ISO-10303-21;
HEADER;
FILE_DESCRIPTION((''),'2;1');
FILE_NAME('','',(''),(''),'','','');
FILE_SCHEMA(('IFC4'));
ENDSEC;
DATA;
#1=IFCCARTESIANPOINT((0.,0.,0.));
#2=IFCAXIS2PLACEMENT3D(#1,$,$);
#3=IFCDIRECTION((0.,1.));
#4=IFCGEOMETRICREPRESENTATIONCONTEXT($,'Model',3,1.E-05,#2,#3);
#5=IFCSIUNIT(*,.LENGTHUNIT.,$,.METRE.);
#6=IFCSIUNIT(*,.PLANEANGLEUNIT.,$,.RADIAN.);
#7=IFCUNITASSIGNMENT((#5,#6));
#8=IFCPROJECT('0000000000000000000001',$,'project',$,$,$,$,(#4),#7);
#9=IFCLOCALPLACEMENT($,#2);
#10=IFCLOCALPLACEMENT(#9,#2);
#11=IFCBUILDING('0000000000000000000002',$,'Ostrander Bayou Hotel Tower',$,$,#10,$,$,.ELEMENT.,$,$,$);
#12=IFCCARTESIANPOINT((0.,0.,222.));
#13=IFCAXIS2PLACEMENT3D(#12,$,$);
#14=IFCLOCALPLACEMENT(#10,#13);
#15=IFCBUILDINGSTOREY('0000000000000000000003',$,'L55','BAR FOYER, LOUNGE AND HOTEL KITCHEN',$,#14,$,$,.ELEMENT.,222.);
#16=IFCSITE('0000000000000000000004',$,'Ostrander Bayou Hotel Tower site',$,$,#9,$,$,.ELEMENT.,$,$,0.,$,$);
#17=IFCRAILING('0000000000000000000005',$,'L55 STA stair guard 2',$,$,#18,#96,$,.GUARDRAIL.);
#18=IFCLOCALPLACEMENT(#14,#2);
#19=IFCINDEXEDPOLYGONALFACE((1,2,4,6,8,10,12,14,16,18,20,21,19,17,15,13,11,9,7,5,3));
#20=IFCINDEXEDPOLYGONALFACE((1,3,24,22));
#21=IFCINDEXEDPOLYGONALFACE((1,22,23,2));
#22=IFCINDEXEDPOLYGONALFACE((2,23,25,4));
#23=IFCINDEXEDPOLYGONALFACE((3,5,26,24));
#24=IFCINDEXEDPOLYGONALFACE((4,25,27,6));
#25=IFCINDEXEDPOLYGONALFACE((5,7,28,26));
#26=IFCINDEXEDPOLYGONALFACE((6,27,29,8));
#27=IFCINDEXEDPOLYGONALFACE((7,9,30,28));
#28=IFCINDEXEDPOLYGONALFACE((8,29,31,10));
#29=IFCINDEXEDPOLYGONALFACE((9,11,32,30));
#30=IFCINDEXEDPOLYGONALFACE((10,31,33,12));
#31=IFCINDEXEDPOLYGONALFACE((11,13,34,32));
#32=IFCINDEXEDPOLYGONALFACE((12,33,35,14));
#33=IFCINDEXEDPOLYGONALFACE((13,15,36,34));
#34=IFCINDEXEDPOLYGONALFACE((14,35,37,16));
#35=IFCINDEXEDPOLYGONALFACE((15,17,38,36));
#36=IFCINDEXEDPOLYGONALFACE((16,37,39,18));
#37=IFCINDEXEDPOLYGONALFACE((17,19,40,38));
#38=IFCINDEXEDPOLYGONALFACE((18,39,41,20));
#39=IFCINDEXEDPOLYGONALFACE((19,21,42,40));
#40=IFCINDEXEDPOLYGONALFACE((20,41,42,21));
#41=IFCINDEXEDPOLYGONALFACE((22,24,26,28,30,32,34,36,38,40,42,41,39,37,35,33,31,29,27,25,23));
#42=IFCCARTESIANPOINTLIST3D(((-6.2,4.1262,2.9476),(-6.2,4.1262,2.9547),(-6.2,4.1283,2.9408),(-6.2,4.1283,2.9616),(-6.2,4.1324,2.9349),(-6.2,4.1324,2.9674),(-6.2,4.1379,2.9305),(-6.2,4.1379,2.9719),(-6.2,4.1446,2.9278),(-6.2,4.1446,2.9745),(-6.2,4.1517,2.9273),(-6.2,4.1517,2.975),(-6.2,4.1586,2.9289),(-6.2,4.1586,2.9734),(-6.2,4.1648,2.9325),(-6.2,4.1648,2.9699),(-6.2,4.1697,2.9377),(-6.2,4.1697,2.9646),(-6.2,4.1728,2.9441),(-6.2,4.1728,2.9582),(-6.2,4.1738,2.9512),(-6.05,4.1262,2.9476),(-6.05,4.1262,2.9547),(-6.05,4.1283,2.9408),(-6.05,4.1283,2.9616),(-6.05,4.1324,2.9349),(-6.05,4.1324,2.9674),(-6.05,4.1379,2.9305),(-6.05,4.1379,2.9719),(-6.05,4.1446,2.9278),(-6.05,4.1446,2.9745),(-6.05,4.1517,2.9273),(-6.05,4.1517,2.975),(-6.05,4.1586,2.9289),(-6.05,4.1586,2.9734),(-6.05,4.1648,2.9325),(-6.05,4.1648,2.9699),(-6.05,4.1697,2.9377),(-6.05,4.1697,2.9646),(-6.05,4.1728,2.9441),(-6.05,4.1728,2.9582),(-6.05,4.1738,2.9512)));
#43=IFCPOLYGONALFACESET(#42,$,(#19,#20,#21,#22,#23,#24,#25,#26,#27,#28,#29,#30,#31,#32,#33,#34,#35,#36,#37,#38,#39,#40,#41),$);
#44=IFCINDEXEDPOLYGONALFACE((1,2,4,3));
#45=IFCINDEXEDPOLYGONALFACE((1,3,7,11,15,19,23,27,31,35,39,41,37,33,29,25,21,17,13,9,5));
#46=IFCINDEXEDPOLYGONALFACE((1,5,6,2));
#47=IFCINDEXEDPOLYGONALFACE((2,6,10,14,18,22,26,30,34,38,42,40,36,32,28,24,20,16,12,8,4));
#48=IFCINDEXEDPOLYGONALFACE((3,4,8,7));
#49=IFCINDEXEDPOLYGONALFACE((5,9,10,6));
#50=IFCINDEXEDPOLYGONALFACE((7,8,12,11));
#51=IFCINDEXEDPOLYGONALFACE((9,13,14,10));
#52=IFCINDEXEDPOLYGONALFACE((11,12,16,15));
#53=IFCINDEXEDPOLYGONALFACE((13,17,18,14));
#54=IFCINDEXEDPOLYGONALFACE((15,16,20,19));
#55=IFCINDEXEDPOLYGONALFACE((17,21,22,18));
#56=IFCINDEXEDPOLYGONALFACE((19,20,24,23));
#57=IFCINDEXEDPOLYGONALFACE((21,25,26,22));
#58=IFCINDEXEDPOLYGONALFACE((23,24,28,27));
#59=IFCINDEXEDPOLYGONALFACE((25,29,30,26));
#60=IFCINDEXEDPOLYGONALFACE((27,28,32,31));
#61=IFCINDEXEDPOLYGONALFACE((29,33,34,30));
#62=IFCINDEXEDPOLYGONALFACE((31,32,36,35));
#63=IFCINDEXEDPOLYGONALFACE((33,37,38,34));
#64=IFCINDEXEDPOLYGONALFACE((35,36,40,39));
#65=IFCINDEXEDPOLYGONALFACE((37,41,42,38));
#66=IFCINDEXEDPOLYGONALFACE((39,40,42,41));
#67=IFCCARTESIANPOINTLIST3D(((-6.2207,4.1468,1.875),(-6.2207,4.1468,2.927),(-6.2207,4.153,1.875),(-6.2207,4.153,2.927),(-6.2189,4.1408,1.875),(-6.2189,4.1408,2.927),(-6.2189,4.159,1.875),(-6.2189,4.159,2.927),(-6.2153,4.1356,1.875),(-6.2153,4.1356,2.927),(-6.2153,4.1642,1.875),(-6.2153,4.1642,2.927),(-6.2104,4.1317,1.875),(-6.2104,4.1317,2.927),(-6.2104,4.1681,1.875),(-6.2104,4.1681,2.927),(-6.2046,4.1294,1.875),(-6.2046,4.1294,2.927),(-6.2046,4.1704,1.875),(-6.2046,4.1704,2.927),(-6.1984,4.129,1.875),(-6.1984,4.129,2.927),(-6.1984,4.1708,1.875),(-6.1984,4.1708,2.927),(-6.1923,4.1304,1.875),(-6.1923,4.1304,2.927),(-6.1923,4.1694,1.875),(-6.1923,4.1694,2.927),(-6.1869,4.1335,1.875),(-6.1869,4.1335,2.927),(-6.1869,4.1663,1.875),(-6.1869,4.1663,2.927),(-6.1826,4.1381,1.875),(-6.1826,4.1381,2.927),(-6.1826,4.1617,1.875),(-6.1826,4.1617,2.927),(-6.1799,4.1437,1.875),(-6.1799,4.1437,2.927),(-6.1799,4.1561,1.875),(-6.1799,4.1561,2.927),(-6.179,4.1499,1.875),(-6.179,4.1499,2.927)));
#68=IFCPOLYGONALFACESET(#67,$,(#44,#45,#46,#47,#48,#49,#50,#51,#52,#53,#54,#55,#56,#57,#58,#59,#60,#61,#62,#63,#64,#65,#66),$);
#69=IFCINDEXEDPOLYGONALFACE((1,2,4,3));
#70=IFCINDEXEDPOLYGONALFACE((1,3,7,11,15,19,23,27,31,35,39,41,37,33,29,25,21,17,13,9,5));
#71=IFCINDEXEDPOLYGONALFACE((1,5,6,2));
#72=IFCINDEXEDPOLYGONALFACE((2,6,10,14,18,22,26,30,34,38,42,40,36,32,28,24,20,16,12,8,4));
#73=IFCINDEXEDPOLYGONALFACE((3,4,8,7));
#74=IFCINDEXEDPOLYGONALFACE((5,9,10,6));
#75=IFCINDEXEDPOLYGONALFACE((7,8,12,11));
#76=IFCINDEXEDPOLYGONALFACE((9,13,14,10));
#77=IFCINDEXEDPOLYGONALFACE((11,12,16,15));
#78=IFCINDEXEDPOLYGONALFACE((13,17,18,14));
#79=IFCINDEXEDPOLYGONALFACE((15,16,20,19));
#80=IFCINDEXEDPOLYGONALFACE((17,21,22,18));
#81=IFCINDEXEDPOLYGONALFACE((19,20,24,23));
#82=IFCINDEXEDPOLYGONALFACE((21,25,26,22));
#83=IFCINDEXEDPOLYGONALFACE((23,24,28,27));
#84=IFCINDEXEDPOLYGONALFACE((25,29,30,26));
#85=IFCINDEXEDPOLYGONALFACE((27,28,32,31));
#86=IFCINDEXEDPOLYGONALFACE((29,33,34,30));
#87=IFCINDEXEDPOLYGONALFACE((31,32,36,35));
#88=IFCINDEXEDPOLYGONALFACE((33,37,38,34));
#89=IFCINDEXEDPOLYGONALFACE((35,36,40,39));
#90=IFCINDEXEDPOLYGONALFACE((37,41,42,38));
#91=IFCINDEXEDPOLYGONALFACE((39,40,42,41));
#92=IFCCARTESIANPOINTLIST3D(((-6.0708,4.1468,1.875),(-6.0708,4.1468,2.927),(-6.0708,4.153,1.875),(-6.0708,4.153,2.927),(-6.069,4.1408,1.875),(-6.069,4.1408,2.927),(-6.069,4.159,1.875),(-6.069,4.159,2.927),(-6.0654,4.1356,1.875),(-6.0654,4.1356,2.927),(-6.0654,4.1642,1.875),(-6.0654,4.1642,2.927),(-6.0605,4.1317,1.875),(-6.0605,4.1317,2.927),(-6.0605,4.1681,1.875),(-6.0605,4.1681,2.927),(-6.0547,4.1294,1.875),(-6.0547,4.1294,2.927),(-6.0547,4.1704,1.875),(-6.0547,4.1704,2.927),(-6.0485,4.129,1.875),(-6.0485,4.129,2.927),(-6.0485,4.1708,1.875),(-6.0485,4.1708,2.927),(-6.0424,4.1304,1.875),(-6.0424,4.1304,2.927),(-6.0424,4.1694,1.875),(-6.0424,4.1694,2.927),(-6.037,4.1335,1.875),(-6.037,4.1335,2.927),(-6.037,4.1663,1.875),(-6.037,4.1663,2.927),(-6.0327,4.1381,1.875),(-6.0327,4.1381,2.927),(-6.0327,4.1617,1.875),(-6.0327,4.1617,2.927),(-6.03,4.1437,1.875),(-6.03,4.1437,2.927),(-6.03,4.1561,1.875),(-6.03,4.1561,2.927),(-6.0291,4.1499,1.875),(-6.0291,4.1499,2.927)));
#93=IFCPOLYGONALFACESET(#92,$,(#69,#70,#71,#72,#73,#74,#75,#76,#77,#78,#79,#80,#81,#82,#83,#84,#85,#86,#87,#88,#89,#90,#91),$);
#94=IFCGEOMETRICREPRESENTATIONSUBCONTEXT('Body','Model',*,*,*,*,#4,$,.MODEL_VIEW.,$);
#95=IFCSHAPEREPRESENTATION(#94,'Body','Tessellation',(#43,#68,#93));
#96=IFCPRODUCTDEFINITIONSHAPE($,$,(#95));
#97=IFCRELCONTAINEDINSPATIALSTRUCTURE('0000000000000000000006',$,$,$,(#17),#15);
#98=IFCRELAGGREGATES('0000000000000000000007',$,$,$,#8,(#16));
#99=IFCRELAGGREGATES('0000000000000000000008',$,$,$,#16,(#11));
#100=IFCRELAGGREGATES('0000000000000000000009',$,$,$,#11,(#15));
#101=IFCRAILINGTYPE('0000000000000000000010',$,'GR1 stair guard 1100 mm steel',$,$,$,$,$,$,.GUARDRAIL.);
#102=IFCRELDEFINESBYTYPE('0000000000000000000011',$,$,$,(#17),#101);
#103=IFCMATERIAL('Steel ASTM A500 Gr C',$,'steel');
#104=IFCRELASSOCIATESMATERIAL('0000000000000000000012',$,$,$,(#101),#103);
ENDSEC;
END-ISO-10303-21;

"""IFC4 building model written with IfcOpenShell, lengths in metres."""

from ifc_helpers import new_model, si_unit, direction, frame, origin, origin_2d, place, context, subcontext, project, spatial, circle, extrude, material, type_object, element, save


model = new_model("IFC4")

# Units and contexts
model_context = context("Model", 3, precision=1e-05, world=origin(), true_north=direction((0.0, 1.0)))
body_context = subcontext(model_context, "Body", "Model", "MODEL_VIEW")
ifc_project = project(units=[si_unit("LENGTHUNIT", "METRE"), si_unit("PLANEANGLEUNIT", "RADIAN")], contexts=[model_context])

# Site, building, storey
site_placement = place(None, origin())
site = spatial("IfcSite", under=ifc_project, at=site_placement, Name="Ostrander Bayou Hotel Tower site", CompositionType="ELEMENT", RefElevation=0.0)
building_placement = place(site_placement, origin())
building = spatial("IfcBuilding", under=site, at=building_placement, Name="Ostrander Bayou Hotel Tower", CompositionType="ELEMENT")
storey_placement = place(building_placement, frame((0.0, 0.0, 222.0)))
storey = spatial("IfcBuildingStorey", under=building, at=storey_placement, Name="L55", Description="BAR FOYER, LOUNGE AND HOTEL KITCHEN", CompositionType="ELEMENT", Elevation=222.0)

# Railing
ifc_material_1 = material(Name="Steel ASTM A500 Gr C", Category="steel")
railing_type_1 = type_object("IfcRailingType", Name="GR1 stair guard 1100 mm steel", PredefinedType="GUARDRAIL", material=ifc_material_1)
railing_1_placement = place(storey_placement, frame((-6.2, 4.1499, 1.875)))
element("IfcRailing", 1, at=railing_1_placement, inside=storey, type_object=railing_type_1, Name="L55 STA stair guard 2", PredefinedType="GUARDRAIL", context=body_context, shape_type="SweptSolid", body=[
    extrude(circle(Radius=0.0239, at=origin_2d()), frame((0.0, 0.0, 1.0762), z_axis=(1.0, 0.0, 0.0), x_axis=(0.0, 1.0, 0.0)), (0.0, 0.0, 1.0), 0.1499),
    extrude(circle(Radius=0.021, at=origin_2d()), origin(), (0.0, 0.0, 1.0), 1.052),
    extrude(circle(Radius=0.021, at=origin_2d()), frame((0.1499, 0.0, 0.0)), (0.0, 0.0, 1.0), 1.052),
])

save(model, "model.ifc")
